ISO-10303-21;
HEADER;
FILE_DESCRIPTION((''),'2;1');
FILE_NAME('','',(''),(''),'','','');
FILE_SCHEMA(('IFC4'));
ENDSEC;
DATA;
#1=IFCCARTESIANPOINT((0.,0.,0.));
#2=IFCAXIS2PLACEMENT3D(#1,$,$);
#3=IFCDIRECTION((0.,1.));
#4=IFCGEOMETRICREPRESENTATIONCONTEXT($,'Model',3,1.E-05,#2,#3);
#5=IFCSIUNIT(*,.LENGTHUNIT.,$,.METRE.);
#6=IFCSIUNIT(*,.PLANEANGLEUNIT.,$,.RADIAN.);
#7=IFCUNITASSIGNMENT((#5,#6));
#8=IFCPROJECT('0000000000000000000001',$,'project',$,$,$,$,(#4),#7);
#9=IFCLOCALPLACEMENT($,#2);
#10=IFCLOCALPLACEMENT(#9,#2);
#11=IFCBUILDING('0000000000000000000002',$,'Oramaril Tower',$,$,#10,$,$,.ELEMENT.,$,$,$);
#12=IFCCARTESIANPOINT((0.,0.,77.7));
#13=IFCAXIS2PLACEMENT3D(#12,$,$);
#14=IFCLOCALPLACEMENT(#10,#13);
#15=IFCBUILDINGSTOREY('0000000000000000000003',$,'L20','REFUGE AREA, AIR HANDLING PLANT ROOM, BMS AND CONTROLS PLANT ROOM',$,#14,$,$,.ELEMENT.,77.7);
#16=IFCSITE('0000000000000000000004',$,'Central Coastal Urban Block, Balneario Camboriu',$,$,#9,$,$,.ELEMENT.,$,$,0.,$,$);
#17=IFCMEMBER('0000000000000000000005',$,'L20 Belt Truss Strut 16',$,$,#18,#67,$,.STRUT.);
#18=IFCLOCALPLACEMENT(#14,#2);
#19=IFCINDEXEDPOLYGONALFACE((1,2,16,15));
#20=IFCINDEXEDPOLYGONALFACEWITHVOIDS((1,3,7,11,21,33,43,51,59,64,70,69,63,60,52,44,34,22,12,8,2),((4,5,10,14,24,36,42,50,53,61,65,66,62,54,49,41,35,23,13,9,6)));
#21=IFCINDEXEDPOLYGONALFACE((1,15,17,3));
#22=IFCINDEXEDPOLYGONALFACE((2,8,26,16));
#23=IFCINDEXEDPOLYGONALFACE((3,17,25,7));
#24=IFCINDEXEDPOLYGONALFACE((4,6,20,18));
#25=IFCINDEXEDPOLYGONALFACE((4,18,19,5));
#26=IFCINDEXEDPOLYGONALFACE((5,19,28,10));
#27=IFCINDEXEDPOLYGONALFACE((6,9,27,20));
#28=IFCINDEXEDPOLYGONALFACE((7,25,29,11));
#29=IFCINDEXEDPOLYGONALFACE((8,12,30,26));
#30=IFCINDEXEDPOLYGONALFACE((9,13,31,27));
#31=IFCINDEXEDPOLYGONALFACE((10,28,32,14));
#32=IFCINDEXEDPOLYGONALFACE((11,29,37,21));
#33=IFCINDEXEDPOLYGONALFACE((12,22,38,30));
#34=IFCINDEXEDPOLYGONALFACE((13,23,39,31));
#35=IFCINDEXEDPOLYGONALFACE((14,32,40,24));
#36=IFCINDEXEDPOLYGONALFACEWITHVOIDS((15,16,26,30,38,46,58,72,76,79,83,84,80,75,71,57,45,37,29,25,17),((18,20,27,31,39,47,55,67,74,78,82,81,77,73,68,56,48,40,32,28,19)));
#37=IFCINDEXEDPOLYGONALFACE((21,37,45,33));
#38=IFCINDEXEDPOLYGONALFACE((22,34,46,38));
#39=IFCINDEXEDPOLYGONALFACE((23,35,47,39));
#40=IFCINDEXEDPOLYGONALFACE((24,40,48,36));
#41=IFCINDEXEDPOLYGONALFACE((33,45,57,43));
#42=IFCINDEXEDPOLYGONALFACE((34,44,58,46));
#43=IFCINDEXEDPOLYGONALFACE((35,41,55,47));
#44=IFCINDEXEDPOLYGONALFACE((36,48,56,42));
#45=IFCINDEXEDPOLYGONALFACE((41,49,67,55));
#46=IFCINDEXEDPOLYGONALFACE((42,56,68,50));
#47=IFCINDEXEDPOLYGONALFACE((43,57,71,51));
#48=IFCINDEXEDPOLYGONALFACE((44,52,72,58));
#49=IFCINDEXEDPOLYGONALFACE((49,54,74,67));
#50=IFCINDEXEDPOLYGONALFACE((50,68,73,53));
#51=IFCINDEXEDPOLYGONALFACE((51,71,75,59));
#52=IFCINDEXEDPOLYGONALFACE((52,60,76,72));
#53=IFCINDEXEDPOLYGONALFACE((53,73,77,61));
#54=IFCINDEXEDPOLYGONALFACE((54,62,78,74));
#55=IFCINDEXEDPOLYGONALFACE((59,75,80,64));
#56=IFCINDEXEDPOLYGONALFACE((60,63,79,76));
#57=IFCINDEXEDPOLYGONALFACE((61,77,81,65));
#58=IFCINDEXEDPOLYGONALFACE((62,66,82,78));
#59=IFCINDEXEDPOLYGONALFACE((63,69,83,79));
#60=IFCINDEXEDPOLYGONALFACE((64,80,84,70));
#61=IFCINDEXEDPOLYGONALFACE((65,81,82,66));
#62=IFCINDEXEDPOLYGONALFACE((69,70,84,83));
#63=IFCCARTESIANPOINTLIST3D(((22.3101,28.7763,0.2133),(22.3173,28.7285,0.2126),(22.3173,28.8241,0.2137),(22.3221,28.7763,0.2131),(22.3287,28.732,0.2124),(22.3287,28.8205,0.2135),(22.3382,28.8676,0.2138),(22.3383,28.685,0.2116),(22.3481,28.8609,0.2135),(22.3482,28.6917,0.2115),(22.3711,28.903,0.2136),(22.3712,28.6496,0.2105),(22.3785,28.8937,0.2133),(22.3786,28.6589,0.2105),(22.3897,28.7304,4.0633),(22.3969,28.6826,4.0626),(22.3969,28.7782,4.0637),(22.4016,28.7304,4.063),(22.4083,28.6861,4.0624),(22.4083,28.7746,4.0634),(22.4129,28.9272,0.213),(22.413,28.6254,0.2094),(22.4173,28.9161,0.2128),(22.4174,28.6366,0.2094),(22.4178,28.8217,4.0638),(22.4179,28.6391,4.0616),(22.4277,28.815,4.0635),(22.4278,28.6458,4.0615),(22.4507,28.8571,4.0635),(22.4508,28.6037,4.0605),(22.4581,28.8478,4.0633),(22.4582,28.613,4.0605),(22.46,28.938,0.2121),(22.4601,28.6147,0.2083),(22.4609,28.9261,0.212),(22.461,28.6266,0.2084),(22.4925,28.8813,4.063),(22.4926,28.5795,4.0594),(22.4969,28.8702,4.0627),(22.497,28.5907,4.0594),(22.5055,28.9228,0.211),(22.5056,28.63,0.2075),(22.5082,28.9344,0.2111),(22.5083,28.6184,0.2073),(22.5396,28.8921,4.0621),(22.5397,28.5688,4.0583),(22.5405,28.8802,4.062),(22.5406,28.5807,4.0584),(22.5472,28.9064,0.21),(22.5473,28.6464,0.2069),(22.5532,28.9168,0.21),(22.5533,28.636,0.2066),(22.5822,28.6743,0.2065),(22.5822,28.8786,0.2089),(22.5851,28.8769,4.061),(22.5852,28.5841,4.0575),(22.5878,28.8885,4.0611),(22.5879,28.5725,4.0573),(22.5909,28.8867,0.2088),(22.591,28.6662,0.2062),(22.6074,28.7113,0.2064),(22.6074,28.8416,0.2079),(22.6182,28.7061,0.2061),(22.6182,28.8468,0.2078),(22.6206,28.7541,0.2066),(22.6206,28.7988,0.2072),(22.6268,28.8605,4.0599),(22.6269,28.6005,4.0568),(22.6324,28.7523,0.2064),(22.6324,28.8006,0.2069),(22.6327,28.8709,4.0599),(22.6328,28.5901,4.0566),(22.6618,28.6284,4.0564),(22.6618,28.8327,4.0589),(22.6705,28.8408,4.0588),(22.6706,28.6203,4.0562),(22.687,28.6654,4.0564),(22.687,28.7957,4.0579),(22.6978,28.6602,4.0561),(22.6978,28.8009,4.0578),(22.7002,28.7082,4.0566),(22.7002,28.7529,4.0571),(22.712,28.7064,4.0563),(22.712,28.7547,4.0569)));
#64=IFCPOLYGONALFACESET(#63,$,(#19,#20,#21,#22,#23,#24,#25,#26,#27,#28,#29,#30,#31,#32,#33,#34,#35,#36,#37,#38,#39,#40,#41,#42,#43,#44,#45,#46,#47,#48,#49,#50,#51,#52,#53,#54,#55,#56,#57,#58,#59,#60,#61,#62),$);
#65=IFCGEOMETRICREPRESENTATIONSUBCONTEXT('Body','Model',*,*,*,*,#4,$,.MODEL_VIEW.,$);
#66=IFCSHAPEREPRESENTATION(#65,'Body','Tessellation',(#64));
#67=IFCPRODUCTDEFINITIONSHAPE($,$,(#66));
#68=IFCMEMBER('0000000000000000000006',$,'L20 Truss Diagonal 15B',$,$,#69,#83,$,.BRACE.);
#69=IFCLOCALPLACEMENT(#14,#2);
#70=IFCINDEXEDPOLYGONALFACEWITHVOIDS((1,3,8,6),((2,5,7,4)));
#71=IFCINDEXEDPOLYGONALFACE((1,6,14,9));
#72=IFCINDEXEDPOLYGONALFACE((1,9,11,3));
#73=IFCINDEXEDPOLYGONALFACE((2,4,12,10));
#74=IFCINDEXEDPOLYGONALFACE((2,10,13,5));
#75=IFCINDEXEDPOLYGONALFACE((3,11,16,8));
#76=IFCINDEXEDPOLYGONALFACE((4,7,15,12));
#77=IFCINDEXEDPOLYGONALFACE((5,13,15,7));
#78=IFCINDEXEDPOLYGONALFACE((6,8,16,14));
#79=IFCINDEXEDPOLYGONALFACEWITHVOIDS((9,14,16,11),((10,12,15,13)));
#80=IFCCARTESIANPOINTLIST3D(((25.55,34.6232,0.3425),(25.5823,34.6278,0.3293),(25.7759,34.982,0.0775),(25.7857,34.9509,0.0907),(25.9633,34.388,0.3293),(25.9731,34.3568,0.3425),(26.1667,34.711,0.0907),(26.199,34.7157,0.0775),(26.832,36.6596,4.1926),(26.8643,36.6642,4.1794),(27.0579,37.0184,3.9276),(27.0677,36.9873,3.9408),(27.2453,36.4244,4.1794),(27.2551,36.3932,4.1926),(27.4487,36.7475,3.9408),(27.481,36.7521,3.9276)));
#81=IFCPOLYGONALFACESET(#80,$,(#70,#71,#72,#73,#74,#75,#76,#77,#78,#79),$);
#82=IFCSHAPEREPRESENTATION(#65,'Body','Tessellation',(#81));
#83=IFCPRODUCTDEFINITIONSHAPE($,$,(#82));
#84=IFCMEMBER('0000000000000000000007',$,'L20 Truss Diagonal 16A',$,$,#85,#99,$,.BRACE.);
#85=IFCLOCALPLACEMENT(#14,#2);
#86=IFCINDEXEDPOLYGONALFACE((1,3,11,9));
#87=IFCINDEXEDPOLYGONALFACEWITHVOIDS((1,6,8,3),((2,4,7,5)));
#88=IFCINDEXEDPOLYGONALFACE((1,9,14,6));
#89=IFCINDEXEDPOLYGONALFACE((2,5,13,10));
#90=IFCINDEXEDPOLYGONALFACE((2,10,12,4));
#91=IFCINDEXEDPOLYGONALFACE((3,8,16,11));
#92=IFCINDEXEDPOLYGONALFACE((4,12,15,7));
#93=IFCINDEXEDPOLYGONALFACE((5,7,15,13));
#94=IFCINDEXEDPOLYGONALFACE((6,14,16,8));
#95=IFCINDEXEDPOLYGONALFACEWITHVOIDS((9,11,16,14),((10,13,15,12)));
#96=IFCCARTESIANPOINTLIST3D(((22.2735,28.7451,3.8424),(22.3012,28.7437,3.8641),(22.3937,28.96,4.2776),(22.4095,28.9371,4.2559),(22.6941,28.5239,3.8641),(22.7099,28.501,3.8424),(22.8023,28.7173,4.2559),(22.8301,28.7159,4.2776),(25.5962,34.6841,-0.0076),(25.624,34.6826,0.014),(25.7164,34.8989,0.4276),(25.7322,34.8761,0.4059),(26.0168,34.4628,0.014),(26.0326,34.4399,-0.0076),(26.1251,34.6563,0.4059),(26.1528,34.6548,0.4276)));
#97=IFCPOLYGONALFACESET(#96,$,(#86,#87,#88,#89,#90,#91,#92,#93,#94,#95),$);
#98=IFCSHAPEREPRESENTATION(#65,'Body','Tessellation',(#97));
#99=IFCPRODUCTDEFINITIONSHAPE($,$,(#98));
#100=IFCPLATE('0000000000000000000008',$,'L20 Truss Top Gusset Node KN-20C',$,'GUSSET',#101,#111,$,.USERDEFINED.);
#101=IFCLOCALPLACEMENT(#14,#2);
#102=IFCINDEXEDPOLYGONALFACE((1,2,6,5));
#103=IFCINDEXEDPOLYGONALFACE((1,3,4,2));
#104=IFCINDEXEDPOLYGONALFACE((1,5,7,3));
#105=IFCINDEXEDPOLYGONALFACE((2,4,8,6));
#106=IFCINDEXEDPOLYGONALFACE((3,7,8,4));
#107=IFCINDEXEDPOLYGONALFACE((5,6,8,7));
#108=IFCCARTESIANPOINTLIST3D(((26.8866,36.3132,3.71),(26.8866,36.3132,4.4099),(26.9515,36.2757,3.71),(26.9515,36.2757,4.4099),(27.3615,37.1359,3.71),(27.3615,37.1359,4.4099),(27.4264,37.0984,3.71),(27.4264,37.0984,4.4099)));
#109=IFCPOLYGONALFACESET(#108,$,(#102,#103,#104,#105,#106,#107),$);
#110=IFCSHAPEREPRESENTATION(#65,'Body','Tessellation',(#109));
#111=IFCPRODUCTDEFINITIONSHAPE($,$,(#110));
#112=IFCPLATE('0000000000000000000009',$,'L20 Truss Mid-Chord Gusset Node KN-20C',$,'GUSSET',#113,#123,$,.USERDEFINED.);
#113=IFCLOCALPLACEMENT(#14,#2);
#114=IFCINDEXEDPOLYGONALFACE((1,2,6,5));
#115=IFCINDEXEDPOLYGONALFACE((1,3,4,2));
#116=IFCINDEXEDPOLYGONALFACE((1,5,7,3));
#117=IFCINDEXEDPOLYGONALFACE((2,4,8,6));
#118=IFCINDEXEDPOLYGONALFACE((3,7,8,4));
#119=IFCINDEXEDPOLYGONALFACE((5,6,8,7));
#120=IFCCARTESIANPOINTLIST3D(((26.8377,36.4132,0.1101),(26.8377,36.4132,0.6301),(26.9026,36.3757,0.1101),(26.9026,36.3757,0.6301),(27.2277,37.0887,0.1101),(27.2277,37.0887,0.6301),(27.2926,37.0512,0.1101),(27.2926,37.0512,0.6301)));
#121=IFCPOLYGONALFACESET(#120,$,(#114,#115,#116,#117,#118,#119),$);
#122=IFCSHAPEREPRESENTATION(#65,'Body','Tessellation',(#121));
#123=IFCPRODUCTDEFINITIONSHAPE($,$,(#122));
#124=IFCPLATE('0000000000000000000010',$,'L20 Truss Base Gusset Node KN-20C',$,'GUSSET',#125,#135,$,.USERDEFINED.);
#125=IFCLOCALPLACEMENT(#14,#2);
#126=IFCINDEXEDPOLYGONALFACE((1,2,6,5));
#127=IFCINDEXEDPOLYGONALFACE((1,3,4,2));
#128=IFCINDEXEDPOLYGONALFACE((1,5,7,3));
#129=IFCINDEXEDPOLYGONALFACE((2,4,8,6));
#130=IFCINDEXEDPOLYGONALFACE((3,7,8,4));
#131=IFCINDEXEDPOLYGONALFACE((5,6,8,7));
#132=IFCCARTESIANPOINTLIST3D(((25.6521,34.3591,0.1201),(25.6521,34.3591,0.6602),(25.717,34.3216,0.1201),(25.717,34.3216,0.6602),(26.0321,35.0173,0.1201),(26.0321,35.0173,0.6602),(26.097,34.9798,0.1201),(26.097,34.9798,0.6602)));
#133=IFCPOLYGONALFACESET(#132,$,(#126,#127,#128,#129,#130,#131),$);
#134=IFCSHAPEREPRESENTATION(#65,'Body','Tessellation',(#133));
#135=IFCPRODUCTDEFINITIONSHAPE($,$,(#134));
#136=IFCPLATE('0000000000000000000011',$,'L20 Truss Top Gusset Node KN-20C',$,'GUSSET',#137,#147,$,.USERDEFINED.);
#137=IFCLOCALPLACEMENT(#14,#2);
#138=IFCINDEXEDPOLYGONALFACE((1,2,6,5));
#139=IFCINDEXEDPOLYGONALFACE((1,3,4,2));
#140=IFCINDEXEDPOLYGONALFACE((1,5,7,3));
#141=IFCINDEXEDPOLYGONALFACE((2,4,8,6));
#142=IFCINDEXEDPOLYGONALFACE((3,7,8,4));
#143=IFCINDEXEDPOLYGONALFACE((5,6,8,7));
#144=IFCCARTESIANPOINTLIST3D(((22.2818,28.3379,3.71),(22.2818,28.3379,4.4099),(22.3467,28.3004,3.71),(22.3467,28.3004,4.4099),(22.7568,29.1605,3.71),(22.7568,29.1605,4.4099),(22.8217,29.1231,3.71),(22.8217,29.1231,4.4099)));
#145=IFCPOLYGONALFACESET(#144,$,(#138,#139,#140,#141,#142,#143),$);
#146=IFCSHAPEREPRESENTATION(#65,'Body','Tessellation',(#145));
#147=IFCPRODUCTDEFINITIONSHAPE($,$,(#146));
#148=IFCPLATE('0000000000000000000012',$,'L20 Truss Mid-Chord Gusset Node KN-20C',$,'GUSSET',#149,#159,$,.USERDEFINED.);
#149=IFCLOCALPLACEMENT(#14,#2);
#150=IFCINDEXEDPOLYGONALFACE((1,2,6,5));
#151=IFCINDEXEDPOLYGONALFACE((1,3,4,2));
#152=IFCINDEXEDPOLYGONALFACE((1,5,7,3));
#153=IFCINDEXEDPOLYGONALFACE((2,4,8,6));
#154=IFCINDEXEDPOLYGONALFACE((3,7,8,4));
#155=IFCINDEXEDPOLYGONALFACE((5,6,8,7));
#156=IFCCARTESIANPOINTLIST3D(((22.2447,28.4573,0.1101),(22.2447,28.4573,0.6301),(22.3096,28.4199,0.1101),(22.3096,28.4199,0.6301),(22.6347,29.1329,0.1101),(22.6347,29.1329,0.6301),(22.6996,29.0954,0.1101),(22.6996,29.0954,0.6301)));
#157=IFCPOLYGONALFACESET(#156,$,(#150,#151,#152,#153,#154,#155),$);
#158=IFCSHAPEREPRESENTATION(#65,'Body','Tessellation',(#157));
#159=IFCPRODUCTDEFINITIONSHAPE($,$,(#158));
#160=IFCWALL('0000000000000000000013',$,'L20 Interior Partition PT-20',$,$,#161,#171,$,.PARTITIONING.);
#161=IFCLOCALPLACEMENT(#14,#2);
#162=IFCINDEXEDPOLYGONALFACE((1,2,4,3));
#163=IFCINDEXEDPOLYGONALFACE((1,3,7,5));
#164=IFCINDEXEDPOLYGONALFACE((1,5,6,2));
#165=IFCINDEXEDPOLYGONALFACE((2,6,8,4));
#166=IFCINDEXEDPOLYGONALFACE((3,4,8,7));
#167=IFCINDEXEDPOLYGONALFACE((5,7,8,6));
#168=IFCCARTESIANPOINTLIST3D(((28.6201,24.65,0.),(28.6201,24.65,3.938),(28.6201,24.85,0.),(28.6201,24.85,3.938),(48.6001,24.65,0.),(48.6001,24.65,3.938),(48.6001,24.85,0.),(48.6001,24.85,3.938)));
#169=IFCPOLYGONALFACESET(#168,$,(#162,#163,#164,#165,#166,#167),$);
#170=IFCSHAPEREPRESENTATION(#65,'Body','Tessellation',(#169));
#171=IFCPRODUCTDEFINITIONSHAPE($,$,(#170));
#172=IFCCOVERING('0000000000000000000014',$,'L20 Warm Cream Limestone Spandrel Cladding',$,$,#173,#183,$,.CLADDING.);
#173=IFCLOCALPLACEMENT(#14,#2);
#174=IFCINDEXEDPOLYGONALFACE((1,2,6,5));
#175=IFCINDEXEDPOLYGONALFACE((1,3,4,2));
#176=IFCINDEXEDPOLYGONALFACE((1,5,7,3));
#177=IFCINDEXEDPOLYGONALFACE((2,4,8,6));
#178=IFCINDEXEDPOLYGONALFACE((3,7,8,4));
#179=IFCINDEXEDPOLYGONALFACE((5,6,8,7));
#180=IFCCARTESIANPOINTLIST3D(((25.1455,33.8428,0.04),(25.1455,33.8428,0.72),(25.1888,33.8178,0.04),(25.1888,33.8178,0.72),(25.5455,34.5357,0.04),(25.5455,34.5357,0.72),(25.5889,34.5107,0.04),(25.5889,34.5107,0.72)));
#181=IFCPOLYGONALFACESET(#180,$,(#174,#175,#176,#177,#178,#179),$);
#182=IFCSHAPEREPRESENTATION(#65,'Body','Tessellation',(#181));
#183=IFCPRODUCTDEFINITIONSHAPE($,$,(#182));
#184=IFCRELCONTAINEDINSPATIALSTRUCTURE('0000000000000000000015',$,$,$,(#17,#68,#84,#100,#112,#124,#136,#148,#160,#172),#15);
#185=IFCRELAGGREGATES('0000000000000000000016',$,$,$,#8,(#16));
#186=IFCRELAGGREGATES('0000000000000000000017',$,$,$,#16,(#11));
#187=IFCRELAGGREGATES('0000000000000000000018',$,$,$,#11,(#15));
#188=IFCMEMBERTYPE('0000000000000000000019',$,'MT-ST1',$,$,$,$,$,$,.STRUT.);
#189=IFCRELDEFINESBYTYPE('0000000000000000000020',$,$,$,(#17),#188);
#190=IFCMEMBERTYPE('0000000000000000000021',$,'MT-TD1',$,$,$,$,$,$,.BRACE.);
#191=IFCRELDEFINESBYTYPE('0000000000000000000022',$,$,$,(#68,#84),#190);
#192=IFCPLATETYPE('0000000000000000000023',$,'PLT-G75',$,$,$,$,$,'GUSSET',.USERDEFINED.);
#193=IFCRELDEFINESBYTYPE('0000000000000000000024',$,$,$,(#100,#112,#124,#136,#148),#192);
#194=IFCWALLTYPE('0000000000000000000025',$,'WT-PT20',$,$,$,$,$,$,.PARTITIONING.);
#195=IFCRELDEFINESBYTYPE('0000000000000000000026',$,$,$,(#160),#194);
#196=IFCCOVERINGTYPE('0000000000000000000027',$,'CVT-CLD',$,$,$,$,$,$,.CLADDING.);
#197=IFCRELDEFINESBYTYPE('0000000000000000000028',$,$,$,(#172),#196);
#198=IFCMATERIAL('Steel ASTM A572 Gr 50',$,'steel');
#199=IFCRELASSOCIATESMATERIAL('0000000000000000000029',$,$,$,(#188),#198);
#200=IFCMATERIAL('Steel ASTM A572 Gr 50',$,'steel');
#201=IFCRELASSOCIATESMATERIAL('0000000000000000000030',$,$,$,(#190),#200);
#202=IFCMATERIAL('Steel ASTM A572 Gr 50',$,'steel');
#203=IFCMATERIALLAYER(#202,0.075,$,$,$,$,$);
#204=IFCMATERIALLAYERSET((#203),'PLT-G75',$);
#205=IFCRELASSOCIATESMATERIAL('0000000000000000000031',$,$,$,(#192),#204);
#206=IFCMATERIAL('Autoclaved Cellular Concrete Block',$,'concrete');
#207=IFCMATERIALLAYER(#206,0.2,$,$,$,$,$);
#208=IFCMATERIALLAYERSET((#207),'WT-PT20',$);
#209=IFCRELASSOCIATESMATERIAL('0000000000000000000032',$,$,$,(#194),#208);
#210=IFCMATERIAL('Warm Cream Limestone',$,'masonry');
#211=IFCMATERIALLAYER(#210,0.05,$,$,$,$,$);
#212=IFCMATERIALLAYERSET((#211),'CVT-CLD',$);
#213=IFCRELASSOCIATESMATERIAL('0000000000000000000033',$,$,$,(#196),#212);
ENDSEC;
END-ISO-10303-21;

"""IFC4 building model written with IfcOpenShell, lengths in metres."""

from ifc_helpers import new_model, si_unit, direction, frame, frame_2d, origin, origin_2d, place, context, subcontext, project, spatial, rectangle, hollow_rectangle, hollow_circle, extrude, material, layer, layer_set, material_profile, profile_set, type_object, element, save


model = new_model("IFC4")

# Units and contexts
model_context = context("Model", 3, precision=1e-05, world=origin(), true_north=direction((0.0, 1.0)))
body_context = subcontext(model_context, "Body", "Model", "MODEL_VIEW")
ifc_project = project(units=[si_unit("LENGTHUNIT", "METRE"), si_unit("PLANEANGLEUNIT", "RADIAN")], contexts=[model_context])

# Site, building, storey
site_placement = place(None, origin())
site = spatial("IfcSite", under=ifc_project, at=site_placement, Name="Central Coastal Urban Block, Balneario Camboriu", CompositionType="ELEMENT", RefElevation=0.0)
building_placement = place(site_placement, origin())
building = spatial("IfcBuilding", under=site, at=building_placement, Name="Oramaril Tower", CompositionType="ELEMENT")
storey_placement = place(building_placement, frame((0.0, 0.0, 77.7)))
storey = spatial("IfcBuildingStorey", under=building, at=storey_placement, Name="L20", Description="REFUGE AREA, AIR HANDLING PLANT ROOM, BMS AND CONTROLS PLANT ROOM", CompositionType="ELEMENT", Elevation=77.7)

# Members
ifc_material_1 = material(Name="Steel ASTM A572 Gr 50", Category="steel")
ifc_material_profile_1 = material_profile(ifc_material_1, hollow_circle(Radius=0.1621, WallThickness=0.012, at=origin_2d()), Name="CHS324X12")
ifc_profile_set_1 = profile_set([ifc_material_profile_1], Name="Steel ASTM A572 Gr 50")
member_type_1 = type_object("IfcMemberType", Name="MT-ST1", PredefinedType="STRUT", material=ifc_profile_set_1)
member_1_placement = place(storey_placement, frame((22.4722, 28.7764, 0.21), z_axis=(0.020666, -0.011918, 0.999715), x_axis=(0.499569, 0.866274, 0.0)))
element("IfcMember", 1, at=member_1_placement, inside=storey, type_object=member_type_1, Name="L20 Belt Truss Strut 16", PredefinedType="STRUT", context=body_context, shape_type="SweptSolid", body=[
    extrude(hollow_circle(Radius=0.1621, WallThickness=0.012, at=origin_2d()), origin(), (0.0, 0.0, 1.0), 3.8511),
])
ifc_material_2 = material(Name="Steel ASTM A572 Gr 50", Category="steel")
ifc_material_profile_2 = material_profile(ifc_material_2, hollow_rectangle(XDim=0.5, YDim=0.5, WallThickness=0.0249, at=origin_2d()), Name="HSS500X500X25")
ifc_profile_set_2 = profile_set([ifc_material_profile_2], Name="Steel ASTM A572 Gr 50")
member_type_2 = type_object("IfcMemberType", Name="MT-TD1", PredefinedType="BRACE", material=ifc_profile_set_2)
member_2_placement = place(storey_placement, frame((25.8745, 34.6694, 0.21), z_axis=(0.282362, 0.44852, 0.847999), x_axis=(-0.846267, 0.532759, 0.0)))
element("IfcMember", 2, at=member_2_placement, inside=storey, type_object=member_type_2, Name="L20 Truss Diagonal 15B", PredefinedType="BRACE", context=body_context, shape_type="SweptSolid", body=[
    extrude(hollow_rectangle(XDim=0.5, YDim=0.5, WallThickness=0.0249, at=origin_2d()), origin(), (0.0, 0.0, 1.0), 4.5403),
])
member_3_placement = place(storey_placement, frame((25.8745, 34.6694, 0.21), z_axis=(-0.424964, -0.759565, 0.492409), x_axis=(0.872698, -0.48826, 0.0)))
element("IfcMember", 3, at=member_3_placement, inside=storey, type_object=member_type_2, Name="L20 Truss Diagonal 16A", PredefinedType="BRACE", context=body_context, shape_type="SweptSolid", body=[
    extrude(hollow_rectangle(XDim=0.5, YDim=0.5, WallThickness=0.0249, at=origin_2d()), origin(), (0.0, 0.0, 1.0), 7.8188),
])

# Plates
ifc_material_3 = material(Name="Steel ASTM A572 Gr 50", Category="steel")
ifc_layer_1 = layer(ifc_material_3, 0.075)
ifc_layer_set_1 = layer_set([ifc_layer_1], Name="PLT-G75")
plate_type = type_object("IfcPlateType", Name="PLT-G75", ElementType="GUSSET", PredefinedType="USERDEFINED", material=ifc_layer_set_1)
plate_1_placement = place(storey_placement, frame((27.1565, 36.7058, 3.71), z_axis=(0.0, 0.0, 1.0), x_axis=(-0.499995, -0.866028, 0.0)))
element("IfcPlate", 4, at=plate_1_placement, inside=storey, type_object=plate_type, Name="L20 Truss Top Gusset Node KN-20C", ObjectType="GUSSET", PredefinedType="USERDEFINED", context=body_context, shape_type="SweptSolid", body=[
    extrude(rectangle(XDim=0.95, YDim=0.075, at=origin_2d()), origin(), (0.0, 0.0, 1.0), 0.7),
])
plate_2_placement = place(storey_placement, frame((27.0652, 36.7322, 0.1101), z_axis=(0.0, 0.0, 1.0), x_axis=(-0.499995, -0.866028, 0.0)))
element("IfcPlate", 5, at=plate_2_placement, inside=storey, type_object=plate_type, Name="L20 Truss Mid-Chord Gusset Node KN-20C", ObjectType="GUSSET", PredefinedType="USERDEFINED", context=body_context, shape_type="SweptSolid", body=[
    extrude(rectangle(XDim=0.78, YDim=0.075, at=origin_2d()), origin(), (0.0, 0.0, 1.0), 0.52),
])
plate_3_placement = place(storey_placement, frame((25.8745, 34.6694, 0.1201), z_axis=(0.0, 0.0, 1.0), x_axis=(-0.499995, -0.866028, 0.0)))
element("IfcPlate", 6, at=plate_3_placement, inside=storey, type_object=plate_type, Name="L20 Truss Base Gusset Node KN-20C", ObjectType="GUSSET", PredefinedType="USERDEFINED", context=body_context, shape_type="SweptSolid", body=[
    extrude(rectangle(XDim=0.76, YDim=0.075, at=origin_2d()), origin(), (0.0, 0.0, 1.0), 0.54),
])
plate_4_placement = place(storey_placement, frame((22.5518, 28.7305, 3.71), z_axis=(0.0, 0.0, 1.0), x_axis=(-0.500002, -0.866025, 0.0)))
element("IfcPlate", 7, at=plate_4_placement, inside=storey, type_object=plate_type, Name="L20 Truss Top Gusset Node KN-20C", ObjectType="GUSSET", PredefinedType="USERDEFINED", context=body_context, shape_type="SweptSolid", body=[
    extrude(rectangle(XDim=0.95, YDim=0.075, at=origin_2d()), origin(), (0.0, 0.0, 1.0), 0.7),
])
plate_5_placement = place(storey_placement, frame((22.4722, 28.7764, 0.1101), z_axis=(0.0, 0.0, 1.0), x_axis=(-0.500002, -0.866025, 0.0)))
element("IfcPlate", 8, at=plate_5_placement, inside=storey, type_object=plate_type, Name="L20 Truss Mid-Chord Gusset Node KN-20C", ObjectType="GUSSET", PredefinedType="USERDEFINED", context=body_context, shape_type="SweptSolid", body=[
    extrude(rectangle(XDim=0.78, YDim=0.075, at=origin_2d()), origin(), (0.0, 0.0, 1.0), 0.52),
])

# Wall
ifc_material_4 = material(Name="Autoclaved Cellular Concrete Block", Category="concrete")
ifc_layer_2 = layer(ifc_material_4, 0.2)
ifc_layer_set_2 = layer_set([ifc_layer_2], Name="WT-PT20")
wall_type_1 = type_object("IfcWallType", Name="WT-PT20", PredefinedType="PARTITIONING", material=ifc_layer_set_2)
wall_1_placement = place(storey_placement, frame((28.6201, 24.75, 0.0), z_axis=(0.0, 0.0, 1.0), x_axis=(1.0, 0.0, 0.0)))
element("IfcWall", 9, at=wall_1_placement, inside=storey, type_object=wall_type_1, Name="L20 Interior Partition PT-20", PredefinedType="PARTITIONING", context=body_context, shape_type="SweptSolid", body=[
    extrude(rectangle(XDim=19.98, YDim=0.2, at=frame_2d((9.99, 0.0))), origin(), (0.0, 0.0, 1.0), 3.938),
])

# Covering
ifc_material_5 = material(Name="Warm Cream Limestone", Category="masonry")
ifc_layer_3 = layer(ifc_material_5, 0.05)
ifc_layer_set_3 = layer_set([ifc_layer_3], Name="CVT-CLD")
covering_type = type_object("IfcCoveringType", Name="CVT-CLD", PredefinedType="CLADDING", material=ifc_layer_set_3)
covering_placement = place(storey_placement, frame((25.3672, 34.1768, 0.04), z_axis=(0.0, 0.0, 1.0), x_axis=(-0.499998, -0.866026, 0.0)))
element("IfcCovering", 10, at=covering_placement, inside=storey, type_object=covering_type, Name="L20 Warm Cream Limestone Spandrel Cladding", PredefinedType="CLADDING", context=body_context, shape_type="SweptSolid", body=[
    extrude(rectangle(XDim=0.8, YDim=0.05, at=origin_2d()), origin(), (0.0, 0.0, 1.0), 0.6799),
])

save(model, "model.ifc")
